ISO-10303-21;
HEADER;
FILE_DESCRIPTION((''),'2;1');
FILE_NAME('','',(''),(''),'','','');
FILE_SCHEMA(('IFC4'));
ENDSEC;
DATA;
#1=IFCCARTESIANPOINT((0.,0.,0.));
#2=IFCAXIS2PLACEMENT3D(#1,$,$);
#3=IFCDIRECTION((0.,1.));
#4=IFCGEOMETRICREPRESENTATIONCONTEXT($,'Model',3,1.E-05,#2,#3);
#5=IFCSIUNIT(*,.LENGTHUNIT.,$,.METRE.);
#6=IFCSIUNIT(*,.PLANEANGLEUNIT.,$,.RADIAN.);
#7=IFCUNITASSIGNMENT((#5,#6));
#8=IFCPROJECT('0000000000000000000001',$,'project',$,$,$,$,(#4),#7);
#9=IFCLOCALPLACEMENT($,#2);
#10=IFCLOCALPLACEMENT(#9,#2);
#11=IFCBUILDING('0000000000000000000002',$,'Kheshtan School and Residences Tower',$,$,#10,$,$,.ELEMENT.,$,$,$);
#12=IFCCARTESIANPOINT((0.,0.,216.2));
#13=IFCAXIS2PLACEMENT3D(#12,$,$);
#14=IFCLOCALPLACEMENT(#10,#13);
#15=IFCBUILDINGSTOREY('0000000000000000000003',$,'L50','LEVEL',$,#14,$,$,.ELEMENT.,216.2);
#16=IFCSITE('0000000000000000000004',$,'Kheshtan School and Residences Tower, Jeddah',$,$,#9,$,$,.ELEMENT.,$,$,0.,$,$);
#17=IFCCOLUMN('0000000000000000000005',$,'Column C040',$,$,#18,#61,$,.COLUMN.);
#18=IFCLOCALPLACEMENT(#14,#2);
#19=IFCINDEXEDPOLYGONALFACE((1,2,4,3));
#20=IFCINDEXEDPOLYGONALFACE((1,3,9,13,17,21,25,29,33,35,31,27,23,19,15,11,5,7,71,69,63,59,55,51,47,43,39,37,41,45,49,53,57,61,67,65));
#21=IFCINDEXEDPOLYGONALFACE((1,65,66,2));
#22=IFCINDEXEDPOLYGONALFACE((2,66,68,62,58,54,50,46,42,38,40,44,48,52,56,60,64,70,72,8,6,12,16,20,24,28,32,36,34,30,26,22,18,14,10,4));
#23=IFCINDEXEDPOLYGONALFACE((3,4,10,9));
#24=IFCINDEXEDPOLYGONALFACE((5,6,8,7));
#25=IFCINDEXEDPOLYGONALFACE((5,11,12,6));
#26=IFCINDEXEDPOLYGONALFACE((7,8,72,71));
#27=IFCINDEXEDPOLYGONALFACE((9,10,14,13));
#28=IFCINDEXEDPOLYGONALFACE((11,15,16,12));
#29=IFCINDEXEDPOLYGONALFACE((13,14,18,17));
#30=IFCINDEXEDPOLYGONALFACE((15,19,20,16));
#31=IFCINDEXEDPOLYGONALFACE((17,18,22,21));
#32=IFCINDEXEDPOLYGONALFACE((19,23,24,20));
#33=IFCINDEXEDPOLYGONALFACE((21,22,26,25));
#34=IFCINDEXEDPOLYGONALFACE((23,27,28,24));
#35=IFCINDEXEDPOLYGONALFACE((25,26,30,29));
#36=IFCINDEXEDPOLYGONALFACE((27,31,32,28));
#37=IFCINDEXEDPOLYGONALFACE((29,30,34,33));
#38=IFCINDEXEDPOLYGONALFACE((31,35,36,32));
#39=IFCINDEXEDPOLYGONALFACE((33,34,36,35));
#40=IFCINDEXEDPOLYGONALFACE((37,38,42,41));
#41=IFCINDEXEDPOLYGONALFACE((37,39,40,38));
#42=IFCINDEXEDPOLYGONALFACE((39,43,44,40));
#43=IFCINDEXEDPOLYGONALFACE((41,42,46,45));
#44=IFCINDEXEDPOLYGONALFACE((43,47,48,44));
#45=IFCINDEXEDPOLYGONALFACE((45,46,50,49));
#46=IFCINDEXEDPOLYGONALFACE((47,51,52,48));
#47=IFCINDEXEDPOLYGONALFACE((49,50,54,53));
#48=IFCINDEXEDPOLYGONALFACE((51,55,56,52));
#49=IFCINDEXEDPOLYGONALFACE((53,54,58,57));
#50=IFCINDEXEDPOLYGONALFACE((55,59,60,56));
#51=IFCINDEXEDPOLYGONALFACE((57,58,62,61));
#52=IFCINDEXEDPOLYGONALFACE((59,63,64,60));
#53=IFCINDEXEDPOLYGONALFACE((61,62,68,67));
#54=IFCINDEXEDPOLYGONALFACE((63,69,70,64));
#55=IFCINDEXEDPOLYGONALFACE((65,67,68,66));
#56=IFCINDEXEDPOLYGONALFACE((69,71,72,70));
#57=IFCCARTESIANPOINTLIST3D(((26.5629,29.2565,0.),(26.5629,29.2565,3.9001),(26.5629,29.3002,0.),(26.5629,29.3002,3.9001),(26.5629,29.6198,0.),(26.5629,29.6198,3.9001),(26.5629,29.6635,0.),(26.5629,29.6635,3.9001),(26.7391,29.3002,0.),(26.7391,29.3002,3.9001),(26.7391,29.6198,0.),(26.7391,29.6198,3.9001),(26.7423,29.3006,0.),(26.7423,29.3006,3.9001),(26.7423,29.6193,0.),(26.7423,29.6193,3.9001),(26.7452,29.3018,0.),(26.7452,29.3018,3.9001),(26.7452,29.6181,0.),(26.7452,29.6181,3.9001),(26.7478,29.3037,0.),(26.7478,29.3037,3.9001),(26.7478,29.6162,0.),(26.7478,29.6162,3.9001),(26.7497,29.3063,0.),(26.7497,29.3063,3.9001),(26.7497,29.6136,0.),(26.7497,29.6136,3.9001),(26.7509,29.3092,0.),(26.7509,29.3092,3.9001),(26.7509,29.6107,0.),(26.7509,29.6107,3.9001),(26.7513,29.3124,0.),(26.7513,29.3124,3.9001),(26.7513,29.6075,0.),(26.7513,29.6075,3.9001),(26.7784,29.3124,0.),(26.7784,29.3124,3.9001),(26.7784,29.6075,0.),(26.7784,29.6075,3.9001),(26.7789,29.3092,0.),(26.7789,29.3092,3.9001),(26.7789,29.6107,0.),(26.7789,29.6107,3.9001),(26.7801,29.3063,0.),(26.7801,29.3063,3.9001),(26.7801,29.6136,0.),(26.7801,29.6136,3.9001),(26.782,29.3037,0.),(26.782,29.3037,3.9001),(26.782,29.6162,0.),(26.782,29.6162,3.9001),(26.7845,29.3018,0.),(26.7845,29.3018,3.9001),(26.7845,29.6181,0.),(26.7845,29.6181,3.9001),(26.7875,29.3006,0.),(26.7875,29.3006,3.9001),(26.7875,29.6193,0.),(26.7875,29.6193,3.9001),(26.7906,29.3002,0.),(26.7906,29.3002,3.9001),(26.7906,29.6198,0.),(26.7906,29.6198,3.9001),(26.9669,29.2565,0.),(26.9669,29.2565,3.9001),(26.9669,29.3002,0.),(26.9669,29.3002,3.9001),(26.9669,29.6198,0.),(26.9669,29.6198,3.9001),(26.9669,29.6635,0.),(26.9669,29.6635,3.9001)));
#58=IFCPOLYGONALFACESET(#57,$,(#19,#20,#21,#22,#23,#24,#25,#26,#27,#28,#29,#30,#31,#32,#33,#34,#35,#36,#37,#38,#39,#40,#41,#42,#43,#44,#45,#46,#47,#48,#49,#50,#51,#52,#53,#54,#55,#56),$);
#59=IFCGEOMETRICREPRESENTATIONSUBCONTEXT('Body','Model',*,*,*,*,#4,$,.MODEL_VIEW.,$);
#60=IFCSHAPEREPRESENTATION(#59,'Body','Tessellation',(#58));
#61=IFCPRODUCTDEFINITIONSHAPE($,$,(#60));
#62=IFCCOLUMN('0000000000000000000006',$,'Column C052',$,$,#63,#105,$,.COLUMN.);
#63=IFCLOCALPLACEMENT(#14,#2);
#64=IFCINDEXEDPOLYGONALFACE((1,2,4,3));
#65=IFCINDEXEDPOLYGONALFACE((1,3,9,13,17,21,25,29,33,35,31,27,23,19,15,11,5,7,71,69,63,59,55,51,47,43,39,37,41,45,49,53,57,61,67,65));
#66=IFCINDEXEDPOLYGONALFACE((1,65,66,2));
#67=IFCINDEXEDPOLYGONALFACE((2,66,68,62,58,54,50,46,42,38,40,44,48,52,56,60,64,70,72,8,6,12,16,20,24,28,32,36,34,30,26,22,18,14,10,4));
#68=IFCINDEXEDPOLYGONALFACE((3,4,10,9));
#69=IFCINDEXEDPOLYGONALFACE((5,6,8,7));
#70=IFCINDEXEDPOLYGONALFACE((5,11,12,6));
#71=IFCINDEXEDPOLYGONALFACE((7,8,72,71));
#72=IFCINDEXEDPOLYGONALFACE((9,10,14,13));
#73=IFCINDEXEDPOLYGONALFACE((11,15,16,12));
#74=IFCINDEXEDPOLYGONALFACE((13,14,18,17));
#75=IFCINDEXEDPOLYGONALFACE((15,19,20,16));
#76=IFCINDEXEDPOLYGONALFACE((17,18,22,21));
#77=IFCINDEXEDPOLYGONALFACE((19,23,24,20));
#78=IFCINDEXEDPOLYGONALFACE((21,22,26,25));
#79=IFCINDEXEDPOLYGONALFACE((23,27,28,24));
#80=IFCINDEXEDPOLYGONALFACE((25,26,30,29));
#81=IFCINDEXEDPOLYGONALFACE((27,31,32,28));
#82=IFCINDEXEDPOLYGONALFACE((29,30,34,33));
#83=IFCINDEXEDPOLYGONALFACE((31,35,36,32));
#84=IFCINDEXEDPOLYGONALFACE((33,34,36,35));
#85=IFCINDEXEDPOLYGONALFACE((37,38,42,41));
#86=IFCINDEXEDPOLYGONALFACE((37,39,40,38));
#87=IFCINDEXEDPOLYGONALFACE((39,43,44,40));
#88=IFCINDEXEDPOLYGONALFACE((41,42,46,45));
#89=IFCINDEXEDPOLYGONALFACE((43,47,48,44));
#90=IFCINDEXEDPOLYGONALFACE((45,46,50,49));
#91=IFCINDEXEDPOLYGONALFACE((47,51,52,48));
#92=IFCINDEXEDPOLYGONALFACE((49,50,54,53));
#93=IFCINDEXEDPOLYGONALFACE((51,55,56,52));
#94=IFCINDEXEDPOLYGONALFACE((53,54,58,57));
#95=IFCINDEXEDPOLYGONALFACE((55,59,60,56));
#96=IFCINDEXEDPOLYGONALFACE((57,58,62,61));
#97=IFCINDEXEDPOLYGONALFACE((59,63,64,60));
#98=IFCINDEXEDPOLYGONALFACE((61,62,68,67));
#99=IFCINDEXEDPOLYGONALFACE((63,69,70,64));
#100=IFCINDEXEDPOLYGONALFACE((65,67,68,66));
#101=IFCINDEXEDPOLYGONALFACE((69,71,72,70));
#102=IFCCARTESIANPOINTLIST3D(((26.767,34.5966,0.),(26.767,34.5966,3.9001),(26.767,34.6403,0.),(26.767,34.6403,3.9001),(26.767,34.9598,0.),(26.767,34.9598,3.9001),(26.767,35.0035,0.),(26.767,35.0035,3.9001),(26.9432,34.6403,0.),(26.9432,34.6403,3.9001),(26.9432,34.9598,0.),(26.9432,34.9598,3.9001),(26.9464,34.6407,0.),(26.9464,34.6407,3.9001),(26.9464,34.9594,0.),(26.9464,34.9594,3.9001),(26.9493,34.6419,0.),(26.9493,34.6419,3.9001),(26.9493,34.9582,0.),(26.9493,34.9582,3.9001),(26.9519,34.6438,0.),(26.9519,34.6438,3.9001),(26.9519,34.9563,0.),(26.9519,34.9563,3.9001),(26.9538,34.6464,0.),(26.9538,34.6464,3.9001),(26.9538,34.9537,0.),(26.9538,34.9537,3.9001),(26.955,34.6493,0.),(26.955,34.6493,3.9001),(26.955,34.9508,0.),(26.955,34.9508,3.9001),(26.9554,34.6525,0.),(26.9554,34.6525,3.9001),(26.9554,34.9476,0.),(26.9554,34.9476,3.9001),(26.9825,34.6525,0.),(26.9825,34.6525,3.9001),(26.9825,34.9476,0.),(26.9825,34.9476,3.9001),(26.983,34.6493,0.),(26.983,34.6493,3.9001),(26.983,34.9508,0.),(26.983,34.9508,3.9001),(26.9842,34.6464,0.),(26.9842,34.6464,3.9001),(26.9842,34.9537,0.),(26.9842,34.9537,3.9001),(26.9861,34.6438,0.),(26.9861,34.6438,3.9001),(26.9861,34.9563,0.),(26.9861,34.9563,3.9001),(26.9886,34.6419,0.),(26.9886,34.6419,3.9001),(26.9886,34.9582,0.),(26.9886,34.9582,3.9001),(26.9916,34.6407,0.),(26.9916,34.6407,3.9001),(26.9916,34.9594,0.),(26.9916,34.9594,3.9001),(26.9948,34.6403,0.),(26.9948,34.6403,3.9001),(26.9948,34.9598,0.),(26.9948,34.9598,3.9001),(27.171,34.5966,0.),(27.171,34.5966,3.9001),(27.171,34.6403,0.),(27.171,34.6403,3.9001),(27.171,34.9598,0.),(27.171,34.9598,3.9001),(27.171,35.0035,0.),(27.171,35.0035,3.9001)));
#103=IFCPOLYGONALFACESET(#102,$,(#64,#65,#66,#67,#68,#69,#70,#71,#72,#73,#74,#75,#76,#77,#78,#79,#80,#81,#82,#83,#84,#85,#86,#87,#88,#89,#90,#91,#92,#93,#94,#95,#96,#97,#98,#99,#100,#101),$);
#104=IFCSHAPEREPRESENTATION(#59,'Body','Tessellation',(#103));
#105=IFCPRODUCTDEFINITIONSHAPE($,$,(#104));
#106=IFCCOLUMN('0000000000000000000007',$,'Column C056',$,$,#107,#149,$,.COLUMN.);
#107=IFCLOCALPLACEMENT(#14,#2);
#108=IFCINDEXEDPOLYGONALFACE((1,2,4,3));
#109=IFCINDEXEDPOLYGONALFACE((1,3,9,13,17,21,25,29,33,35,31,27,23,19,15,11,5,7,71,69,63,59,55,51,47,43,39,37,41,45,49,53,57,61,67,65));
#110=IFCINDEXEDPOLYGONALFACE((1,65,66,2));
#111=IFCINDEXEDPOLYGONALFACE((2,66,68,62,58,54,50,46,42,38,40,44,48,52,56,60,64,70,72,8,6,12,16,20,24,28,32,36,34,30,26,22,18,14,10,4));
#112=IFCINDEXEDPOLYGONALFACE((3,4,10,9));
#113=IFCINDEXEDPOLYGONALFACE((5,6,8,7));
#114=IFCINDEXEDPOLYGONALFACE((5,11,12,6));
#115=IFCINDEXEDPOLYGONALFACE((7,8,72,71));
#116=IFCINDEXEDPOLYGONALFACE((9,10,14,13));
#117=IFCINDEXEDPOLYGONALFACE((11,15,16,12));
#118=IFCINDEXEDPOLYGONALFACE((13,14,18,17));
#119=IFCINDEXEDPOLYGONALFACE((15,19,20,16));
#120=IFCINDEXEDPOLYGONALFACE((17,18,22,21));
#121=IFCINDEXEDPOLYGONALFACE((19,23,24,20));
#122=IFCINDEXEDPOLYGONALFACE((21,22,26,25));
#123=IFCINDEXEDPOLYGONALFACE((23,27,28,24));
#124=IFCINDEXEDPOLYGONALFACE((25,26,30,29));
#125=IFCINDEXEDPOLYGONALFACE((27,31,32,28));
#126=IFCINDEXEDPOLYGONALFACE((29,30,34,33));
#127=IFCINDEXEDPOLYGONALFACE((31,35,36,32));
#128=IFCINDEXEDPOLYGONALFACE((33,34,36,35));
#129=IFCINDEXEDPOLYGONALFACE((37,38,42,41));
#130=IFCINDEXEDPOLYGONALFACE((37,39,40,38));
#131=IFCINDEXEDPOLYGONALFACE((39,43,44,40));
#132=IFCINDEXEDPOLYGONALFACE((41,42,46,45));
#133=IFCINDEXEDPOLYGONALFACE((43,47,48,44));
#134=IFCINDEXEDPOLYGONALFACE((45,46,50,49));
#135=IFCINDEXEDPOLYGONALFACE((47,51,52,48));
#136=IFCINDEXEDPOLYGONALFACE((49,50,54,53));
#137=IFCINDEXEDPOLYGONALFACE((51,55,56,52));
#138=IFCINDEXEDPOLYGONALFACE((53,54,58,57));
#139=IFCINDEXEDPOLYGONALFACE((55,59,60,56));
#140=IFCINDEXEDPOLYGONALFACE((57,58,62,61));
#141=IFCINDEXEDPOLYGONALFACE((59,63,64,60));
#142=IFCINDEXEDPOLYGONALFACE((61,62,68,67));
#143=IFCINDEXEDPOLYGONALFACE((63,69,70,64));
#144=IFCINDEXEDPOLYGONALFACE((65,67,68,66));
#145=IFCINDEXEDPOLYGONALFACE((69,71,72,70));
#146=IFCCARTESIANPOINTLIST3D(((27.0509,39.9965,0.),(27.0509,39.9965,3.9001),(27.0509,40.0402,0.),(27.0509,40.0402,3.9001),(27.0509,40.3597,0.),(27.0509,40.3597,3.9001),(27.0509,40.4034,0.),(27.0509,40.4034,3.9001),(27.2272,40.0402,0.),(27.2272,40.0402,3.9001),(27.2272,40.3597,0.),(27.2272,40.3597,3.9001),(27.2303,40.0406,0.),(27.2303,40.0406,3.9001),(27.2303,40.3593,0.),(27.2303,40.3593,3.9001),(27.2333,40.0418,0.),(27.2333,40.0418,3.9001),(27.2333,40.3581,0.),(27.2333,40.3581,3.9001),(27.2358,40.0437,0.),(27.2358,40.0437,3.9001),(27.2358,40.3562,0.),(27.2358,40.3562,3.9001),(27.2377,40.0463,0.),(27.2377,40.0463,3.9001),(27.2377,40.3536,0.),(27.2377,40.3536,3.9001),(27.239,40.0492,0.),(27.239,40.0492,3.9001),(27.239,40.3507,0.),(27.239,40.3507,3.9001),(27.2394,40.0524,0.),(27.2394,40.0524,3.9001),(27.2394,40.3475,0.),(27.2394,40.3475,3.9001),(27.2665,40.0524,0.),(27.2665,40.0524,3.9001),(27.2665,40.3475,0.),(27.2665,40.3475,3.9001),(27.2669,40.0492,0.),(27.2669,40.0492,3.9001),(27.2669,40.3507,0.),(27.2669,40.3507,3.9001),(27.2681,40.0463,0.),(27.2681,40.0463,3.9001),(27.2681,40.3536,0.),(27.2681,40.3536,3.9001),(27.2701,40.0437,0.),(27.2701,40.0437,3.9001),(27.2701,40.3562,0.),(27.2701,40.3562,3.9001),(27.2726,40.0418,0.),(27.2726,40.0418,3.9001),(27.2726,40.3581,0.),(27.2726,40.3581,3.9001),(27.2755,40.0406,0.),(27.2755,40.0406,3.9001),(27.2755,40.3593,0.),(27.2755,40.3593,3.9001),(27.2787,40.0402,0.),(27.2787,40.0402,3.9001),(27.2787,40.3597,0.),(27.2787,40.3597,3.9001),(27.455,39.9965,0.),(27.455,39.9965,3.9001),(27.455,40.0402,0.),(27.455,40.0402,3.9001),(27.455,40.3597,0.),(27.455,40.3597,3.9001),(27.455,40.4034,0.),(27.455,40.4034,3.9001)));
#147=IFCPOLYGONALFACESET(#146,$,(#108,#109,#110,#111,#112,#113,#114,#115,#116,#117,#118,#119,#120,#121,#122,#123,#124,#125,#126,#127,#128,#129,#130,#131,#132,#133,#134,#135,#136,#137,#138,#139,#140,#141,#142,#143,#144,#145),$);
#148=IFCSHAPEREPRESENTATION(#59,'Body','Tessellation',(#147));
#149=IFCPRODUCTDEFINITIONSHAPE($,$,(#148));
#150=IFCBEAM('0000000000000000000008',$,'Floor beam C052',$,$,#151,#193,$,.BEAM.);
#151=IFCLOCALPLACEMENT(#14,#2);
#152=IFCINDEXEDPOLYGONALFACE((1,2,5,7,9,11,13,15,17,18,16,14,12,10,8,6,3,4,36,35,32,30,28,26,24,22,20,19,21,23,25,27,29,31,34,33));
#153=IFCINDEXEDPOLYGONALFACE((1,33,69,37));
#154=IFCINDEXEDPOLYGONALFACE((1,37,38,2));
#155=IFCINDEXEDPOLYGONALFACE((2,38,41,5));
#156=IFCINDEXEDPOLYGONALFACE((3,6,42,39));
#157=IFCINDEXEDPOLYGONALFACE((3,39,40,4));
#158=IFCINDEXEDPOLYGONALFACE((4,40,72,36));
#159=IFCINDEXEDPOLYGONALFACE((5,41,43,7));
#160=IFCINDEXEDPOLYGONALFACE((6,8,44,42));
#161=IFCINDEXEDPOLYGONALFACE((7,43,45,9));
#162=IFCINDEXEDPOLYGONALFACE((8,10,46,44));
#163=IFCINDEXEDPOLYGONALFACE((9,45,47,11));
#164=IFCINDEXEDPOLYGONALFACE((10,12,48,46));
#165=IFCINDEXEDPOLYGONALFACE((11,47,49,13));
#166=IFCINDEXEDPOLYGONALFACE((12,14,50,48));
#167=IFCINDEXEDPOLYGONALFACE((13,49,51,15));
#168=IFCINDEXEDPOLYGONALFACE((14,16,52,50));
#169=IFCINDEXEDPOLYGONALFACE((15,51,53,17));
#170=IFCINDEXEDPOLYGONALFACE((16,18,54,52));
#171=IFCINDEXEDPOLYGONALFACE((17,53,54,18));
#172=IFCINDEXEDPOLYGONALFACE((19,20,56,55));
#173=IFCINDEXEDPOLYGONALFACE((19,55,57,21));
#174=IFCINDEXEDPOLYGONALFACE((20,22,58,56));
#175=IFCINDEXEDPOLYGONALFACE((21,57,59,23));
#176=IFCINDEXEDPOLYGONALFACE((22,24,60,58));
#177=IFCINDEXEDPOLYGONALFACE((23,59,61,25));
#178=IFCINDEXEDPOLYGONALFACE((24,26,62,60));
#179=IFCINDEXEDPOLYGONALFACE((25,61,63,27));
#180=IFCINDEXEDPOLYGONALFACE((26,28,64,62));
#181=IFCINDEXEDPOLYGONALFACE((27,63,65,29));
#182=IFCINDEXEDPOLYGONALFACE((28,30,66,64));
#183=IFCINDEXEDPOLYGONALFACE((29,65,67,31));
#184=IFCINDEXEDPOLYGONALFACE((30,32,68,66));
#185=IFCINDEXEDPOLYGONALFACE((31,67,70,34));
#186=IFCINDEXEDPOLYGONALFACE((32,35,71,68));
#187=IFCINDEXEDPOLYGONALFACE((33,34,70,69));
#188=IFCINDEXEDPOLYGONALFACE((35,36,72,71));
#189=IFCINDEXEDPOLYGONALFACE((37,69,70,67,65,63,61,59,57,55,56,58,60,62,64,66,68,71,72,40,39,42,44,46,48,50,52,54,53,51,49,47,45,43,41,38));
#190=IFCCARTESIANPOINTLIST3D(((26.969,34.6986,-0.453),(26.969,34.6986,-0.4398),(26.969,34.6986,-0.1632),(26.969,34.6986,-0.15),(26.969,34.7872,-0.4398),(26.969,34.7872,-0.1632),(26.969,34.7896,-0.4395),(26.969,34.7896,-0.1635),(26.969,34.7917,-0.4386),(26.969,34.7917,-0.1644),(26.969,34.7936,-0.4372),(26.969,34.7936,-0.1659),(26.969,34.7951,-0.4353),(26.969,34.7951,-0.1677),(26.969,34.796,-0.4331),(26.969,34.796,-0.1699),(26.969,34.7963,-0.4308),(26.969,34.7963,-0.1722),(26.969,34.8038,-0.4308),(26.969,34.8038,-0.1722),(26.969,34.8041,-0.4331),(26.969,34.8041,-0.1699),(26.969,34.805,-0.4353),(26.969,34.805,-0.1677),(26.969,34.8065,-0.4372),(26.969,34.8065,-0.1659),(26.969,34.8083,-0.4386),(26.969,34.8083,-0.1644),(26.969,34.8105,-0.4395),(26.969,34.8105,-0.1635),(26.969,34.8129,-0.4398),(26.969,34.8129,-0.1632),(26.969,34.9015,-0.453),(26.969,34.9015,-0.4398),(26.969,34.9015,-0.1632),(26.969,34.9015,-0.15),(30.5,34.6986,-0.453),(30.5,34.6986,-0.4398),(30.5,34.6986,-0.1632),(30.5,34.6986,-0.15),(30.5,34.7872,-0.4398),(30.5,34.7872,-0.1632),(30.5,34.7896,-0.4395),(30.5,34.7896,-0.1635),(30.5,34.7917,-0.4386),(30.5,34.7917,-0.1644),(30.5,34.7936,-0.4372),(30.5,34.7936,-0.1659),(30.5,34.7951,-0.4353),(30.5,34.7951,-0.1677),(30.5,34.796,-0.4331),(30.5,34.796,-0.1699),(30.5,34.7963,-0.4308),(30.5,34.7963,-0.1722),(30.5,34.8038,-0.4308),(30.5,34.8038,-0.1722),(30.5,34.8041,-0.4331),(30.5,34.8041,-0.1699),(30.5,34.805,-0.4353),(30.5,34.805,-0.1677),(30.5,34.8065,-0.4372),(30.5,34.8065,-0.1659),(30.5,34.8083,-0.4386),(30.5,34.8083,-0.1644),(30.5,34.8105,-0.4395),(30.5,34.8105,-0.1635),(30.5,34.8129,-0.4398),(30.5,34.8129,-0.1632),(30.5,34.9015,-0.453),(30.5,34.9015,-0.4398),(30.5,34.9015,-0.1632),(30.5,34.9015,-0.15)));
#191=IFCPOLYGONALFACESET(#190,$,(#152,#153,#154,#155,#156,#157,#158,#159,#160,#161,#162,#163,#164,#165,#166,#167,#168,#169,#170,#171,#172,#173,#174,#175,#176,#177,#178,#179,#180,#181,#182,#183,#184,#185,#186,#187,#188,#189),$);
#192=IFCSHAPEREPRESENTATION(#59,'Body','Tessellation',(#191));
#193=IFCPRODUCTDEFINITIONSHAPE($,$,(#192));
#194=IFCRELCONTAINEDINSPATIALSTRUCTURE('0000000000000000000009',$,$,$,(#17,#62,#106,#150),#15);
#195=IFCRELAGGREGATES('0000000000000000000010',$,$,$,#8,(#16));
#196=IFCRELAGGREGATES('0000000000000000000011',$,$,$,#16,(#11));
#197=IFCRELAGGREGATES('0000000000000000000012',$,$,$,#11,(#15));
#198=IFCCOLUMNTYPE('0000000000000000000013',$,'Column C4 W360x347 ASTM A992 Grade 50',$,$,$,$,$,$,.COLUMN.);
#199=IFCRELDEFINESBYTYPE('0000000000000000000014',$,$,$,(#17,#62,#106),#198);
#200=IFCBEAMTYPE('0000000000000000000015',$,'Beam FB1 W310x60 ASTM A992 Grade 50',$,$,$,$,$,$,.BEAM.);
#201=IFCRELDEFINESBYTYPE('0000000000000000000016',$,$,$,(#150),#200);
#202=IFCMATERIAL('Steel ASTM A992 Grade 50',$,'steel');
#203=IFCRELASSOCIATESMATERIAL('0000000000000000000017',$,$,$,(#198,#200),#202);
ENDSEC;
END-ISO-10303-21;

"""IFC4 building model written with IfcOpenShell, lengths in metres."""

from ifc_helpers import new_model, si_unit, direction, frame, origin, origin_2d, place, context, subcontext, project, spatial, i_section, extrude, material, material_profile, profile_set, type_object, element, save


model = new_model("IFC4")

# Units and contexts
model_context = context("Model", 3, precision=1e-05, world=origin(), true_north=direction((0.0, 1.0)))
body_context = subcontext(model_context, "Body", "Model", "MODEL_VIEW")
ifc_project = project(units=[si_unit("LENGTHUNIT", "METRE"), si_unit("PLANEANGLEUNIT", "RADIAN")], contexts=[model_context])

# Site, building, storey
site_placement = place(None, origin())
site = spatial("IfcSite", under=ifc_project, at=site_placement, Name="Kheshtan School and Residences Tower, Jeddah", CompositionType="ELEMENT", RefElevation=0.0)
building_placement = place(site_placement, origin())
building = spatial("IfcBuilding", under=site, at=building_placement, Name="Kheshtan School and Residences Tower", CompositionType="ELEMENT")
storey_placement = place(building_placement, frame((0.0, 0.0, 216.2)))
storey = spatial("IfcBuildingStorey", under=building, at=storey_placement, Name="L50", Description="LEVEL", CompositionType="ELEMENT", Elevation=216.2)

# Columns
ifc_material_1 = material(Name="Steel ASTM A992 Grade 50", Category="steel")
ifc_material_profile_1 = material_profile(ifc_material_1, i_section(OverallWidth=0.4041, OverallDepth=0.407, WebThickness=0.0271, FlangeThickness=0.0437, FilletRadius=0.0122, at=origin_2d()), Name="W360x347")
ifc_profile_set_1 = profile_set([ifc_material_profile_1], Name="Steel ASTM A992 Grade 50")
column_type = type_object("IfcColumnType", Name="Column C4 W360x347 ASTM A992 Grade 50", PredefinedType="COLUMN", material=ifc_profile_set_1)
for number, where, z_axis, x_axis, name in (
    (1, (26.7649, 29.46, 0.0), (0.0, 0.0, 1.0), (1.0, 0.0, 0.0), "Column C040"),
    (2, (26.969, 34.8, 0.0), (0.0, 0.0, 1.0), (1.0, 0.0, 0.0), "Column C052"),
    (3, (27.2529, 40.2, 0.0), (0.0, 0.0, 1.0), (1.0, 0.0, 0.0), "Column C056"),
):
    element("IfcColumn", number, at=place(storey_placement, frame(where, z_axis=z_axis, x_axis=x_axis)), inside=storey, type_object=column_type, Name=name, PredefinedType="COLUMN", context=body_context, shape_type="SweptSolid", body=[
        extrude(i_section(OverallWidth=0.4041, OverallDepth=0.407, WebThickness=0.0271, FlangeThickness=0.0437, FilletRadius=0.0122, at=origin_2d()), origin(), (0.0, 0.0, 1.0), 3.9001),
    ])

# Beam
ifc_material_profile_2 = material_profile(ifc_material_1, i_section(OverallWidth=0.2029, OverallDepth=0.303, WebThickness=0.0076, FlangeThickness=0.0132, FilletRadius=0.009, at=origin_2d()), Name="W310x60")
ifc_profile_set_2 = profile_set([ifc_material_profile_2], Name="Steel ASTM A992 Grade 50")
beam_type_1 = type_object("IfcBeamType", Name="Beam FB1 W310x60 ASTM A992 Grade 50", PredefinedType="BEAM", material=ifc_profile_set_2)
beam_1_placement = place(storey_placement, frame((26.969, 34.8, -0.3015), z_axis=(1.0, 0.0, 0.0), x_axis=(0.0, 1.0, 0.0)))
element("IfcBeam", 4, at=beam_1_placement, inside=storey, type_object=beam_type_1, Name="Floor beam C052", PredefinedType="BEAM", context=body_context, shape_type="SweptSolid", body=[
    extrude(i_section(OverallWidth=0.2029, OverallDepth=0.303, WebThickness=0.0076, FlangeThickness=0.0132, FilletRadius=0.009, at=origin_2d()), origin(), (0.0, 0.0, 1.0), 3.531),
])

save(model, "model.ifc")
